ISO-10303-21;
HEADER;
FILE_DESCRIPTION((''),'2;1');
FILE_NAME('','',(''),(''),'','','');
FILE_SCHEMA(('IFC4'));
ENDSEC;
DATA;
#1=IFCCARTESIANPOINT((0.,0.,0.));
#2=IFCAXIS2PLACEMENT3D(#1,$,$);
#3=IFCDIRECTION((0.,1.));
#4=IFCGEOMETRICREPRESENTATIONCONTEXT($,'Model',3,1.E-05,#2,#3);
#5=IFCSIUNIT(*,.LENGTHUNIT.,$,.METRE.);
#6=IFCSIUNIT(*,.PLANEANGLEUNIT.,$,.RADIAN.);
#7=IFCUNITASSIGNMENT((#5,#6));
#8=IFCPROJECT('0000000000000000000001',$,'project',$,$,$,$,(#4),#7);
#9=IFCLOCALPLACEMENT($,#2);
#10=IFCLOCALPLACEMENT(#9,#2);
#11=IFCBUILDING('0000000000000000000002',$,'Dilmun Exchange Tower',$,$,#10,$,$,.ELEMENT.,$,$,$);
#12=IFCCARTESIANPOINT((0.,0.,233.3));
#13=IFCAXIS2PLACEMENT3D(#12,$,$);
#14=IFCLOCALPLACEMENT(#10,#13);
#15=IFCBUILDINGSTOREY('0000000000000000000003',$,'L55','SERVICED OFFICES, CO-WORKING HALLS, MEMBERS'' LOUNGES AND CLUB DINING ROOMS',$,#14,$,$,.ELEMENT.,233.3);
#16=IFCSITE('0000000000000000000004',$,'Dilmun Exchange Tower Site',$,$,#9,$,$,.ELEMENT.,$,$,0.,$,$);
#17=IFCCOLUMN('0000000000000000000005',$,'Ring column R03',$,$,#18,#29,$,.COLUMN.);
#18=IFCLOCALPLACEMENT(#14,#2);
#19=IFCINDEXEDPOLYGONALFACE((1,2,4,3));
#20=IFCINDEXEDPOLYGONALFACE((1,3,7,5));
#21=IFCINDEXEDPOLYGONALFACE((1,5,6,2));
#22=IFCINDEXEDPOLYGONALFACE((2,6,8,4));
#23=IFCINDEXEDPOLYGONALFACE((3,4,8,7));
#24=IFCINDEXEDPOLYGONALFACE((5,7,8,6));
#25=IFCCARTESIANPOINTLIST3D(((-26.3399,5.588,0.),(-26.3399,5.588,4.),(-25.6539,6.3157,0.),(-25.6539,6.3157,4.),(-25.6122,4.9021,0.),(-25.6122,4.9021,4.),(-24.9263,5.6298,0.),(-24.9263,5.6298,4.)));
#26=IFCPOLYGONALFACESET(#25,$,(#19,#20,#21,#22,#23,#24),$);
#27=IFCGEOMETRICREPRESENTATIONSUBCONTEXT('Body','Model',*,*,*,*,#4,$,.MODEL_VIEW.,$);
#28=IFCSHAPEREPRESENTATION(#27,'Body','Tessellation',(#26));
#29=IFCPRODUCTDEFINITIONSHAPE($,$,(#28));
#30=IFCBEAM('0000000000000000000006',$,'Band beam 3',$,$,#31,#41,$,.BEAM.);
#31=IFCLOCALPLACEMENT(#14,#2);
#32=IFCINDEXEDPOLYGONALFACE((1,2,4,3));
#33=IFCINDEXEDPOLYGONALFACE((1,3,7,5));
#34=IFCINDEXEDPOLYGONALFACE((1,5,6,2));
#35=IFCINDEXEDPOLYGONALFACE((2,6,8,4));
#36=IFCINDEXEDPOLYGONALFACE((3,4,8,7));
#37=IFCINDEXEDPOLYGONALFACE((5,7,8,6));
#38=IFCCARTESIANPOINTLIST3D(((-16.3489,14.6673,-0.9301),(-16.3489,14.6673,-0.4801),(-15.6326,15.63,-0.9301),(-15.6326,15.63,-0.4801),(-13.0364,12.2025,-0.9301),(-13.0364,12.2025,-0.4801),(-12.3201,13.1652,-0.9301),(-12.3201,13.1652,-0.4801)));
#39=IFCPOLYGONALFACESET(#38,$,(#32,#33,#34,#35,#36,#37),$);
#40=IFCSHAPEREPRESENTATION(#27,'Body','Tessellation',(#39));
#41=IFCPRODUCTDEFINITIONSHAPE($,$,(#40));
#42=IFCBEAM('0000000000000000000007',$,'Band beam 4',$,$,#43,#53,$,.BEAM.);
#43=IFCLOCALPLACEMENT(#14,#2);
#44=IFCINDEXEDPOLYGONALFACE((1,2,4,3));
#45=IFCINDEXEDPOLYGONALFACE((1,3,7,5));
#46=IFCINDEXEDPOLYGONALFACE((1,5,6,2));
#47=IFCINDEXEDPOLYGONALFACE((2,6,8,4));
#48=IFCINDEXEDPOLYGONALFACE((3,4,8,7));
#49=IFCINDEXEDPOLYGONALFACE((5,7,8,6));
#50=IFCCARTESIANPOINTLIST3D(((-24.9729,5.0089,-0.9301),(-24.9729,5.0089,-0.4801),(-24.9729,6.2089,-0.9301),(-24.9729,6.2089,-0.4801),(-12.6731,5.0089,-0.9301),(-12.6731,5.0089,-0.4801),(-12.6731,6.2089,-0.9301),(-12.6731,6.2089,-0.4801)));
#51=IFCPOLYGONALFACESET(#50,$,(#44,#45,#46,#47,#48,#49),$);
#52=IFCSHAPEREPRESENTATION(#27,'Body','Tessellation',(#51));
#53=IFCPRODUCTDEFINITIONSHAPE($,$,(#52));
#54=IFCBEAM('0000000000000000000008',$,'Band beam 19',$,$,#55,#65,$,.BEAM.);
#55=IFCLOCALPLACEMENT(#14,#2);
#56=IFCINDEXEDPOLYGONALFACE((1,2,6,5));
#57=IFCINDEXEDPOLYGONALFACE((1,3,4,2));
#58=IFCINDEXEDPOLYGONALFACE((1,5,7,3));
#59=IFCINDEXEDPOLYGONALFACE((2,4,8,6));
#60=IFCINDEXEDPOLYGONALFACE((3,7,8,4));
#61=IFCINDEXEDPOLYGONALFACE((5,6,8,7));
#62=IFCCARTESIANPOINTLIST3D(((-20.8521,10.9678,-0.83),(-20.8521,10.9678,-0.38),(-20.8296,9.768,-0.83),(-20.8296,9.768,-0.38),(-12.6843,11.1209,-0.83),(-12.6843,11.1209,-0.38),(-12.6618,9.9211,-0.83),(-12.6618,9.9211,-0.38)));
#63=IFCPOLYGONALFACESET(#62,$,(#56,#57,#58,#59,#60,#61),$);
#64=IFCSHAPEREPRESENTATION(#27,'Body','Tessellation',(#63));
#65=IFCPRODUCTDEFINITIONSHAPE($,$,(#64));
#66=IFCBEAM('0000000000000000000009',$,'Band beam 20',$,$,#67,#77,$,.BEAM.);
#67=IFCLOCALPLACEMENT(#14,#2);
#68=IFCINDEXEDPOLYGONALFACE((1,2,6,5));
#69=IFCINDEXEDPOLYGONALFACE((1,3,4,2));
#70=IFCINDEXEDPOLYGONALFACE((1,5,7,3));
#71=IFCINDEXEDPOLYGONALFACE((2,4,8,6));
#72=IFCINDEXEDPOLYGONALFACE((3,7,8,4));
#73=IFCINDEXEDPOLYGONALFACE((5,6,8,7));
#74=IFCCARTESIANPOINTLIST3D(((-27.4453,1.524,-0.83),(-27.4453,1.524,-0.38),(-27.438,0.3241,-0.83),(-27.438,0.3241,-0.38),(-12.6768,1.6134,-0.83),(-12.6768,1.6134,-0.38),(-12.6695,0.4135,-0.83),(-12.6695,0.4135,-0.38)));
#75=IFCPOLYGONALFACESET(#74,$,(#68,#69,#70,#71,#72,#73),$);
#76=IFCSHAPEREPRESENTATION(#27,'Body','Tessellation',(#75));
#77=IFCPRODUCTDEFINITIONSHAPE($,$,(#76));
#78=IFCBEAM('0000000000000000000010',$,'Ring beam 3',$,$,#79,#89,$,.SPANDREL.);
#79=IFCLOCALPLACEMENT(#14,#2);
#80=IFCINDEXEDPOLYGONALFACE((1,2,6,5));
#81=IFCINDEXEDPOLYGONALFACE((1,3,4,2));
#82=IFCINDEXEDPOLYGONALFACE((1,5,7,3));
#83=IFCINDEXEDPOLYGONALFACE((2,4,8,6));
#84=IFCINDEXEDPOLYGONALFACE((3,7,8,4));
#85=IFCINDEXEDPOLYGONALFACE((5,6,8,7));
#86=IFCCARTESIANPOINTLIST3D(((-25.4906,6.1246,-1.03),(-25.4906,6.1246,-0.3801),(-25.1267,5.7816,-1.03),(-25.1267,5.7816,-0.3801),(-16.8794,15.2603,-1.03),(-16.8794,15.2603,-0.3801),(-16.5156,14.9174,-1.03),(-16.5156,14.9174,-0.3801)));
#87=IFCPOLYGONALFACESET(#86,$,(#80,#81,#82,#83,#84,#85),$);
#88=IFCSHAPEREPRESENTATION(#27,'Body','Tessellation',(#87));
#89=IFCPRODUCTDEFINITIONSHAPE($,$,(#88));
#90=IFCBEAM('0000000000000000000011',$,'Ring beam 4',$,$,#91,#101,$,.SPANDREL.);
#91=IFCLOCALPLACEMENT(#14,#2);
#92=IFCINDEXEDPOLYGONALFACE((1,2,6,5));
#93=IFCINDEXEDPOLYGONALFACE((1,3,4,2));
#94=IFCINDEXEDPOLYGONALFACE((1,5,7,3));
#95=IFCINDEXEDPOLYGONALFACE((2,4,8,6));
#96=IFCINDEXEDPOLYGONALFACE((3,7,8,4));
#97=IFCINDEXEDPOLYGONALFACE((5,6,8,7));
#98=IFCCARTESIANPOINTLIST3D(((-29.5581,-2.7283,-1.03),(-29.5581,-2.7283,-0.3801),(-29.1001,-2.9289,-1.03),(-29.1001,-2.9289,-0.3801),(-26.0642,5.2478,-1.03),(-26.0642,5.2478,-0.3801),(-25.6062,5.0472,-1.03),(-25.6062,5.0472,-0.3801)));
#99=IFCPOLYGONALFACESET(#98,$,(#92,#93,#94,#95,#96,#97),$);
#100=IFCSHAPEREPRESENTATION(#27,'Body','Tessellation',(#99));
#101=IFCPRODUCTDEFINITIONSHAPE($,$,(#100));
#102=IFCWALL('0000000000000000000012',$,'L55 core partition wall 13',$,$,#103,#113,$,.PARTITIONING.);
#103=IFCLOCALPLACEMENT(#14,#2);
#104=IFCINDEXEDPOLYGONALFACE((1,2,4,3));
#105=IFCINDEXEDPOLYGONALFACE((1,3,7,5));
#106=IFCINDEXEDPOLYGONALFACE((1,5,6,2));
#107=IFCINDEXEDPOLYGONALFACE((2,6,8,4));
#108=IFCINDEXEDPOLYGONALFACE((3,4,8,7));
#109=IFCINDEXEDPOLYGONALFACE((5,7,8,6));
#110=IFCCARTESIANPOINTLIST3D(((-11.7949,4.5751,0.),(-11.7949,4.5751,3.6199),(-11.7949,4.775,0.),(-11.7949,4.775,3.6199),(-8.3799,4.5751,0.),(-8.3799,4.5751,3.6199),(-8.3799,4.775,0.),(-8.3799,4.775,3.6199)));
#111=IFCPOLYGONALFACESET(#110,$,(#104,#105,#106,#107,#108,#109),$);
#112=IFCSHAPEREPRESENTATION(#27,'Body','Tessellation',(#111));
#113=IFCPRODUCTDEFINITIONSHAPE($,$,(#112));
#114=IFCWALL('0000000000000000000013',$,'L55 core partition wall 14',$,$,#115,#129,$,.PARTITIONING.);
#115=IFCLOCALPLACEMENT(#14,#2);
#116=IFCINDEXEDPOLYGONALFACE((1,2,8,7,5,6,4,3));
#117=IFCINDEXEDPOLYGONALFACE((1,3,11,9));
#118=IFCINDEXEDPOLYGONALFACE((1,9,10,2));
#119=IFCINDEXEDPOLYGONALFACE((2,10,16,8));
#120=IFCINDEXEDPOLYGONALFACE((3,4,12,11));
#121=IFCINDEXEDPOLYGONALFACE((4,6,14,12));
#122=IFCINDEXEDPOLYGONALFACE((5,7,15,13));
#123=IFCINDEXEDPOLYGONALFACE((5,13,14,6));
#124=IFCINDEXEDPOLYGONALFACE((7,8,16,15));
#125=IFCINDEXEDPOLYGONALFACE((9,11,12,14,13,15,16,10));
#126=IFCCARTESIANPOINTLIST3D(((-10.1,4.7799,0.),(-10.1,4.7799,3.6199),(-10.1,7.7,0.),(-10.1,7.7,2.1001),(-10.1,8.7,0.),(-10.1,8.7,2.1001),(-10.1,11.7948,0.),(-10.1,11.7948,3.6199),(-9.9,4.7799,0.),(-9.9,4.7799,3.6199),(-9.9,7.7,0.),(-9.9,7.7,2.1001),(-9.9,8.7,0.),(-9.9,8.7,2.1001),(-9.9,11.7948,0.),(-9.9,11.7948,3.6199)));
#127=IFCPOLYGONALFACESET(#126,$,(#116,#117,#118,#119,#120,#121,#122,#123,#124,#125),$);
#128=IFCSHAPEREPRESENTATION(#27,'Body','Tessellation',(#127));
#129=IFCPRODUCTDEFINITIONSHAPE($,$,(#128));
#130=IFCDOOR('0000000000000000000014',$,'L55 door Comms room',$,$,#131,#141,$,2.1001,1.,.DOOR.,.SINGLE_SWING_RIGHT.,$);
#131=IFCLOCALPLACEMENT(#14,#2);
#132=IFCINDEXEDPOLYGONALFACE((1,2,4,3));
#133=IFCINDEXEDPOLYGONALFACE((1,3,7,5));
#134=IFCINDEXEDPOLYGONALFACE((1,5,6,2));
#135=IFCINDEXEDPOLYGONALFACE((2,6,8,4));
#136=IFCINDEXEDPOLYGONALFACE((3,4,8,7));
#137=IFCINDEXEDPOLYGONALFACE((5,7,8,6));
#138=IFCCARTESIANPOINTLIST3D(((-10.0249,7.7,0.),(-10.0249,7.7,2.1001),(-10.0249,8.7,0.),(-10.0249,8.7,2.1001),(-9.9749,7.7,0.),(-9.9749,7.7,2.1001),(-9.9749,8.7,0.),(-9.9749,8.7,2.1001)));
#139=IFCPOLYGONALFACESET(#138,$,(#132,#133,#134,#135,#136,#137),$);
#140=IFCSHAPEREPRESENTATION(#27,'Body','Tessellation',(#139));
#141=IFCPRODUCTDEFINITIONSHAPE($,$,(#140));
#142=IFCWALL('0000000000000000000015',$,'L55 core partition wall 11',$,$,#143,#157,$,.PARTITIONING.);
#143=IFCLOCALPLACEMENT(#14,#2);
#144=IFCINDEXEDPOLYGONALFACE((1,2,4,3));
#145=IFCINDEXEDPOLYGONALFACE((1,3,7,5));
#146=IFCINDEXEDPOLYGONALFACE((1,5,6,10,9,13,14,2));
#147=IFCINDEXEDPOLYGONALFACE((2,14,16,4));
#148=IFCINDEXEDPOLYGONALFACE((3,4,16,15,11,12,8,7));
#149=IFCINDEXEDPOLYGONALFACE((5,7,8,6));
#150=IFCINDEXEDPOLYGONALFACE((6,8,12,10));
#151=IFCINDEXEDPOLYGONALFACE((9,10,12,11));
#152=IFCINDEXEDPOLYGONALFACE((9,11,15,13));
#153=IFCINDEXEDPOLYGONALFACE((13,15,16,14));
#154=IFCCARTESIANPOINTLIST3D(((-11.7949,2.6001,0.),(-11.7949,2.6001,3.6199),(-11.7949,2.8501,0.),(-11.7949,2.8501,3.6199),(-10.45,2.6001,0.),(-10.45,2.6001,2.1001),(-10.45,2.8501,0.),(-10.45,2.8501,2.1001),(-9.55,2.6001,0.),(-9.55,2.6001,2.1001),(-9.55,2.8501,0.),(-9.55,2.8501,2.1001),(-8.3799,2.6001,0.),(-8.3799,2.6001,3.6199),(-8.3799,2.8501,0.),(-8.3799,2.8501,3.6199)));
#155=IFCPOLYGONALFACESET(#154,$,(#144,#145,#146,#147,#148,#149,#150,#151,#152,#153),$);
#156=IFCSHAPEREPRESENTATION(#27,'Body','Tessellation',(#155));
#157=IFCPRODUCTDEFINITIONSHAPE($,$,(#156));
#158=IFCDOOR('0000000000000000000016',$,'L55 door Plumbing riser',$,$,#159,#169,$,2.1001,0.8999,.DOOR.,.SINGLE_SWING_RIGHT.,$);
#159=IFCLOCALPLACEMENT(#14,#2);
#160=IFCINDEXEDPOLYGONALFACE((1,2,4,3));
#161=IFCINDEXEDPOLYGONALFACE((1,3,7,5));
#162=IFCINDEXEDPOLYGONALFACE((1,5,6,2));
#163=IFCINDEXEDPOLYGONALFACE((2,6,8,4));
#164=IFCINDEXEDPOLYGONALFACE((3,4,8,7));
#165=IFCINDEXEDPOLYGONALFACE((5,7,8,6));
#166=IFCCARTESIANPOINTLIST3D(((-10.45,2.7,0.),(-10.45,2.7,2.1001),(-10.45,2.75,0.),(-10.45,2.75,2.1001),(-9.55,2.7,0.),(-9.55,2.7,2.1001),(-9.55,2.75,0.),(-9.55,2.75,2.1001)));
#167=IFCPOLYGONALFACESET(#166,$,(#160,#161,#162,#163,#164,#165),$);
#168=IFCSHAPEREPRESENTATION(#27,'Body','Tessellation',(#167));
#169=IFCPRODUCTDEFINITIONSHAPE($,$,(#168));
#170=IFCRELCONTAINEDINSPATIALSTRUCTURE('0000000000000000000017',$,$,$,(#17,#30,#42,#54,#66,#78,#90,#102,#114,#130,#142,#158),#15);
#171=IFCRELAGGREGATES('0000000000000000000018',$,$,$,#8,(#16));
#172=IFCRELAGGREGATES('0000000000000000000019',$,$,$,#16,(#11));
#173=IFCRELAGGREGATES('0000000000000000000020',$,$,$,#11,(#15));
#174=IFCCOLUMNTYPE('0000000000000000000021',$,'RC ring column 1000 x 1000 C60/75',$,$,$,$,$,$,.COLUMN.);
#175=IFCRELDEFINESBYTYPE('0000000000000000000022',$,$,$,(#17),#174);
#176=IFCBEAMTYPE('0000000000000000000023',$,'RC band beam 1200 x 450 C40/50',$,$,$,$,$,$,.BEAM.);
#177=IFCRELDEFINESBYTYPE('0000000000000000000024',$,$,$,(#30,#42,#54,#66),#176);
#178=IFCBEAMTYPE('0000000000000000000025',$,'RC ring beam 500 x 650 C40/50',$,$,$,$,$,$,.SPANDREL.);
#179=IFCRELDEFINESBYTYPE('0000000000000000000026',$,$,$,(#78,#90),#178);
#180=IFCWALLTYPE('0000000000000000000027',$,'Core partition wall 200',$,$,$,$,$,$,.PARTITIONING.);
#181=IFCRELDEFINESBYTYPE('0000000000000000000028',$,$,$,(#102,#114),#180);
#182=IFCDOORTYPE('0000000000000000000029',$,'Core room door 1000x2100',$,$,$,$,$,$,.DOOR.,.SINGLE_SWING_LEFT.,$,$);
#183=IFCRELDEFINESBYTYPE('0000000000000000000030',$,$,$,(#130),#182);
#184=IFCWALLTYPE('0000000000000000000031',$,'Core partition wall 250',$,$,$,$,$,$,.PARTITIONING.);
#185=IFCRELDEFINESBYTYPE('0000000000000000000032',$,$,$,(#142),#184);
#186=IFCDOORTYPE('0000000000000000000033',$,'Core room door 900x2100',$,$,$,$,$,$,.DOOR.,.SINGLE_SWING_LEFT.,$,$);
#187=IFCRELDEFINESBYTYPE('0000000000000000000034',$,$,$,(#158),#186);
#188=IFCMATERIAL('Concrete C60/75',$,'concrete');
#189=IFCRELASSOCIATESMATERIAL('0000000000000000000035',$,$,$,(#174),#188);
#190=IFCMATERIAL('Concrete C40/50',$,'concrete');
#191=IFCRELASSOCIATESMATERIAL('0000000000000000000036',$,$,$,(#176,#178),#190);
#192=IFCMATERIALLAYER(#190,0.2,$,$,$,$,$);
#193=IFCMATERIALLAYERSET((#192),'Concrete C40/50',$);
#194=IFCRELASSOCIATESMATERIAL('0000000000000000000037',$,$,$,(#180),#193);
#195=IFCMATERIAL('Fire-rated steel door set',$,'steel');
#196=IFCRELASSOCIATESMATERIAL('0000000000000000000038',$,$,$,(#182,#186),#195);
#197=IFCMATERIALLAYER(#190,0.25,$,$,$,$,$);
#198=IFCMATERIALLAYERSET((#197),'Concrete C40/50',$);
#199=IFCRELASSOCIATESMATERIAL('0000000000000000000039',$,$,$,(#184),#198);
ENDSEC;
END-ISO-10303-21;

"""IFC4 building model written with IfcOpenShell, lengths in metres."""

from ifc_helpers import new_model, si_unit, direction, frame, frame_2d, origin, origin_2d, place, context, subcontext, project, spatial, rectangle, extrude, material, layer, layer_set, material_profile, profile_set, type_object, element, fill, save


model = new_model("IFC4")

# Units and contexts
model_context = context("Model", 3, precision=1e-05, world=origin(), true_north=direction((0.0, 1.0)))
body_context = subcontext(model_context, "Body", "Model", "MODEL_VIEW")
ifc_project = project(units=[si_unit("LENGTHUNIT", "METRE"), si_unit("PLANEANGLEUNIT", "RADIAN")], contexts=[model_context])

# Site, building, storey
site_placement = place(None, origin())
site = spatial("IfcSite", under=ifc_project, at=site_placement, Name="Dilmun Exchange Tower Site", CompositionType="ELEMENT", RefElevation=0.0)
building_placement = place(site_placement, origin())
building = spatial("IfcBuilding", under=site, at=building_placement, Name="Dilmun Exchange Tower", CompositionType="ELEMENT")
storey_placement = place(building_placement, frame((0.0, 0.0, 233.3)))
storey = spatial("IfcBuildingStorey", under=building, at=storey_placement, Name="L55", Description="SERVICED OFFICES, CO-WORKING HALLS, MEMBERS' LOUNGES AND CLUB DINING ROOMS", CompositionType="ELEMENT", Elevation=233.3)

# Column
ifc_material_1 = material(Name="Concrete C60/75", Category="concrete")
ifc_material_profile_1 = material_profile(ifc_material_1, rectangle(XDim=1.0, YDim=1.0, at=origin_2d()), Name="1000 x 1000")
ifc_profile_set_1 = profile_set([ifc_material_profile_1], Name="Concrete C60/75")
column_type = type_object("IfcColumnType", Name="RC ring column 1000 x 1000 C60/75", PredefinedType="COLUMN", material=ifc_profile_set_1)
column_placement = place(storey_placement, frame((-25.6331, 5.6089, 0.0), z_axis=(0.0, 0.0, 1.0), x_axis=(0.685916, 0.727681, 0.0)))
element("IfcColumn", 1, at=column_placement, inside=storey, type_object=column_type, Name="Ring column R03", PredefinedType="COLUMN", context=body_context, shape_type="SweptSolid", body=[
    extrude(rectangle(XDim=1.0, YDim=1.0, at=origin_2d()), origin(), (0.0, 0.0, 1.0), 4.0),
])

# Beams
ifc_material_2 = material(Name="Concrete C40/50", Category="concrete")
ifc_material_profile_2 = material_profile(ifc_material_2, rectangle(XDim=1.2, YDim=0.45, at=origin_2d()), Name="1200 x 450")
ifc_profile_set_2 = profile_set([ifc_material_profile_2], Name="Concrete C40/50")
beam_type_1 = type_object("IfcBeamType", Name="RC band beam 1200 x 450 C40/50", PredefinedType="BEAM", material=ifc_profile_set_2)
beam_1_placement = place(storey_placement, frame((-15.9907, 15.1487, -0.7051), z_axis=(0.802265, -0.596968, 0.0), x_axis=(0.596968, 0.802265, 0.0)))
element("IfcBeam", 2, at=beam_1_placement, inside=storey, type_object=beam_type_1, Name="Band beam 3", PredefinedType="BEAM", context=body_context, shape_type="SweptSolid", body=[
    extrude(rectangle(XDim=1.2, YDim=0.45, at=origin_2d()), origin(), (0.0, 0.0, 1.0), 4.1289),
])
beam_2_placement = place(storey_placement, frame((-24.9729, 5.6089, -0.7051), z_axis=(1.0, 0.0, 0.0), x_axis=(0.0, 1.0, 0.0)))
element("IfcBeam", 3, at=beam_2_placement, inside=storey, type_object=beam_type_1, Name="Band beam 4", PredefinedType="BEAM", context=body_context, shape_type="SweptSolid", body=[
    extrude(rectangle(XDim=1.2, YDim=0.45, at=origin_2d()), origin(), (0.0, 0.0, 1.0), 12.2998),
])
beam_3_placement = place(storey_placement, frame((-20.8408, 10.3679, -0.605), z_axis=(0.999824, 0.018738, 0.0), x_axis=(-0.018738, 0.999824, 0.0)))
element("IfcBeam", 4, at=beam_3_placement, inside=storey, type_object=beam_type_1, Name="Band beam 19", PredefinedType="BEAM", context=body_context, shape_type="SweptSolid", body=[
    extrude(rectangle(XDim=1.2, YDim=0.45, at=origin_2d()), origin(), (0.0, 0.0, 1.0), 8.1692),
])
beam_4_placement = place(storey_placement, frame((-27.4417, 0.9241, -0.605), z_axis=(0.999982, 0.00605, 0.0), x_axis=(-0.00605, 0.999982, 0.0)))
element("IfcBeam", 5, at=beam_4_placement, inside=storey, type_object=beam_type_1, Name="Band beam 20", PredefinedType="BEAM", context=body_context, shape_type="SweptSolid", body=[
    extrude(rectangle(XDim=1.2, YDim=0.45, at=origin_2d()), origin(), (0.0, 0.0, 1.0), 14.7688),
])
ifc_material_profile_3 = material_profile(ifc_material_2, rectangle(XDim=0.5, YDim=0.6499, at=origin_2d()), Name="500 x 650")
ifc_profile_set_3 = profile_set([ifc_material_profile_3], Name="Concrete C40/50")
beam_type_2 = type_object("IfcBeamType", Name="RC ring beam 500 x 650 C40/50", PredefinedType="SPANDREL", material=ifc_profile_set_3)
beam_5_placement = place(storey_placement, frame((-16.6975, 15.0889, -0.7051), z_axis=(-0.685903, -0.727693, 0.0), x_axis=(0.727693, -0.685903, 0.0)))
element("IfcBeam", 6, at=beam_5_placement, inside=storey, type_object=beam_type_2, Name="Ring beam 3", PredefinedType="SPANDREL", context=body_context, shape_type="SweptSolid", body=[
    extrude(rectangle(XDim=0.5, YDim=0.6499, at=origin_2d()), origin(), (0.0, 0.0, 1.0), 12.5544),
])
beam_6_placement = place(storey_placement, frame((-25.8352, 5.1475, -0.7051), z_axis=(-0.401239, -0.915973, 0.0), x_axis=(0.915973, -0.401239, 0.0)))
element("IfcBeam", 7, at=beam_6_placement, inside=storey, type_object=beam_type_2, Name="Ring beam 4", PredefinedType="SPANDREL", context=body_context, shape_type="SweptSolid", body=[
    extrude(rectangle(XDim=0.5, YDim=0.6499, at=origin_2d()), origin(), (0.0, 0.0, 1.0), 8.7078),
])

# Wall
ifc_layer_1 = layer(ifc_material_2, 0.2)
ifc_layer_set_1 = layer_set([ifc_layer_1], Name="Concrete C40/50")
wall_type_1 = type_object("IfcWallType", Name="Core partition wall 200", PredefinedType="PARTITIONING", material=ifc_layer_set_1)
wall_1_placement = place(storey_placement, frame((-11.7949, 4.675, 0.0), z_axis=(0.0, 0.0, 1.0), x_axis=(1.0, 0.0, 0.0)))
element("IfcWall", 8, at=wall_1_placement, inside=storey, type_object=wall_type_1, Name="L55 core partition wall 13", PredefinedType="PARTITIONING", context=body_context, shape_type="SweptSolid", body=[
    extrude(rectangle(XDim=3.415, YDim=0.2, at=frame_2d((1.7075, 0.0))), origin(), (0.0, 0.0, 1.0), 3.6199),
])

# Walls, openings, doors
wall_2_placement = place(storey_placement, frame((-10.0, 4.78, 0.0), z_axis=(0.0, 0.0, 1.0), x_axis=(0.0, 1.0, 0.0)))
wall_2 = element("IfcWall", 9, at=wall_2_placement, inside=storey, type_object=wall_type_1, Name="L55 core partition wall 14", PredefinedType="PARTITIONING", context=body_context, shape_type="SweptSolid", body=[
    extrude(rectangle(XDim=7.0149, YDim=0.2, at=frame_2d((3.5073, 0.0))), origin(), (0.0, 0.0, 1.0), 3.6199),
])
opening_1_placement = place(wall_2_placement, frame((2.9199, 0.0, 0.0)))
opening_1 = element("IfcOpeningElement", 10, at=opening_1_placement, cuts=wall_2, PredefinedType="OPENING", context=body_context, shape_type="SweptSolid", body=[
    extrude(rectangle(XDim=1.0, YDim=2.1001, at=frame_2d((0.5, 1.05))), frame((0.0, 0.1099, 0.0), z_axis=(0.0, -1.0, 0.0), x_axis=(1.0, 0.0, 0.0)), (0.0, 0.0, 1.0), 0.22),
])
ifc_material_3 = material(Name="Fire-rated steel door set", Category="steel")
door_type_1 = type_object("IfcDoorType", Name="Core room door 1000x2100", OperationType="SINGLE_SWING_LEFT", PredefinedType="DOOR", material=ifc_material_3)
door_1_placement = place(opening_1_placement, origin())
door_1 = element("IfcDoor", 11, at=door_1_placement, inside=storey, type_object=door_type_1, Name="L55 door Comms room", OperationType="SINGLE_SWING_RIGHT", OverallHeight=2.1001, OverallWidth=1.0, PredefinedType="DOOR", context=body_context, shape_type="SweptSolid", body=[
    extrude(rectangle(XDim=1.0, YDim=2.1001, at=frame_2d((0.5, 1.05))), frame((0.0, 0.0249, 0.0), z_axis=(0.0, -1.0, 0.0), x_axis=(1.0, 0.0, 0.0)), (0.0, 0.0, 1.0), 0.05),
])
fill(opening_1, door_1)
ifc_layer_2 = layer(ifc_material_2, 0.25)
ifc_layer_set_2 = layer_set([ifc_layer_2], Name="Concrete C40/50")
wall_type_2 = type_object("IfcWallType", Name="Core partition wall 250", PredefinedType="PARTITIONING", material=ifc_layer_set_2)
wall_3_placement = place(storey_placement, frame((-11.7949, 2.7251, 0.0), z_axis=(0.0, 0.0, 1.0), x_axis=(1.0, 0.0, 0.0)))
wall_3 = element("IfcWall", 12, at=wall_3_placement, inside=storey, type_object=wall_type_2, Name="L55 core partition wall 11", PredefinedType="PARTITIONING", context=body_context, shape_type="SweptSolid", body=[
    extrude(rectangle(XDim=3.415, YDim=0.25, at=frame_2d((1.7075, 0.0))), origin(), (0.0, 0.0, 1.0), 3.6199),
])
opening_2_placement = place(wall_3_placement, frame((1.345, 0.0, 0.0)))
opening_2 = element("IfcOpeningElement", 13, at=opening_2_placement, cuts=wall_3, PredefinedType="OPENING", context=body_context, shape_type="SweptSolid", body=[
    extrude(rectangle(XDim=0.8999, YDim=2.1001, at=frame_2d((0.45, 1.05))), frame((0.0, 0.135, 0.0), z_axis=(0.0, -1.0, 0.0), x_axis=(1.0, 0.0, 0.0)), (0.0, 0.0, 1.0), 0.27),
])
door_type_2 = type_object("IfcDoorType", Name="Core room door 900x2100", OperationType="SINGLE_SWING_LEFT", PredefinedType="DOOR", material=ifc_material_3)
door_2_placement = place(opening_2_placement, origin())
door_2 = element("IfcDoor", 14, at=door_2_placement, inside=storey, type_object=door_type_2, Name="L55 door Plumbing riser", OperationType="SINGLE_SWING_RIGHT", OverallHeight=2.1001, OverallWidth=0.8999, PredefinedType="DOOR", context=body_context, shape_type="SweptSolid", body=[
    extrude(rectangle(XDim=0.8999, YDim=2.1001, at=frame_2d((0.45, 1.05))), frame((0.0, 0.0249, 0.0), z_axis=(0.0, -1.0, 0.0), x_axis=(1.0, 0.0, 0.0)), (0.0, 0.0, 1.0), 0.05),
])
fill(opening_2, door_2)

save(model, "model.ifc")
